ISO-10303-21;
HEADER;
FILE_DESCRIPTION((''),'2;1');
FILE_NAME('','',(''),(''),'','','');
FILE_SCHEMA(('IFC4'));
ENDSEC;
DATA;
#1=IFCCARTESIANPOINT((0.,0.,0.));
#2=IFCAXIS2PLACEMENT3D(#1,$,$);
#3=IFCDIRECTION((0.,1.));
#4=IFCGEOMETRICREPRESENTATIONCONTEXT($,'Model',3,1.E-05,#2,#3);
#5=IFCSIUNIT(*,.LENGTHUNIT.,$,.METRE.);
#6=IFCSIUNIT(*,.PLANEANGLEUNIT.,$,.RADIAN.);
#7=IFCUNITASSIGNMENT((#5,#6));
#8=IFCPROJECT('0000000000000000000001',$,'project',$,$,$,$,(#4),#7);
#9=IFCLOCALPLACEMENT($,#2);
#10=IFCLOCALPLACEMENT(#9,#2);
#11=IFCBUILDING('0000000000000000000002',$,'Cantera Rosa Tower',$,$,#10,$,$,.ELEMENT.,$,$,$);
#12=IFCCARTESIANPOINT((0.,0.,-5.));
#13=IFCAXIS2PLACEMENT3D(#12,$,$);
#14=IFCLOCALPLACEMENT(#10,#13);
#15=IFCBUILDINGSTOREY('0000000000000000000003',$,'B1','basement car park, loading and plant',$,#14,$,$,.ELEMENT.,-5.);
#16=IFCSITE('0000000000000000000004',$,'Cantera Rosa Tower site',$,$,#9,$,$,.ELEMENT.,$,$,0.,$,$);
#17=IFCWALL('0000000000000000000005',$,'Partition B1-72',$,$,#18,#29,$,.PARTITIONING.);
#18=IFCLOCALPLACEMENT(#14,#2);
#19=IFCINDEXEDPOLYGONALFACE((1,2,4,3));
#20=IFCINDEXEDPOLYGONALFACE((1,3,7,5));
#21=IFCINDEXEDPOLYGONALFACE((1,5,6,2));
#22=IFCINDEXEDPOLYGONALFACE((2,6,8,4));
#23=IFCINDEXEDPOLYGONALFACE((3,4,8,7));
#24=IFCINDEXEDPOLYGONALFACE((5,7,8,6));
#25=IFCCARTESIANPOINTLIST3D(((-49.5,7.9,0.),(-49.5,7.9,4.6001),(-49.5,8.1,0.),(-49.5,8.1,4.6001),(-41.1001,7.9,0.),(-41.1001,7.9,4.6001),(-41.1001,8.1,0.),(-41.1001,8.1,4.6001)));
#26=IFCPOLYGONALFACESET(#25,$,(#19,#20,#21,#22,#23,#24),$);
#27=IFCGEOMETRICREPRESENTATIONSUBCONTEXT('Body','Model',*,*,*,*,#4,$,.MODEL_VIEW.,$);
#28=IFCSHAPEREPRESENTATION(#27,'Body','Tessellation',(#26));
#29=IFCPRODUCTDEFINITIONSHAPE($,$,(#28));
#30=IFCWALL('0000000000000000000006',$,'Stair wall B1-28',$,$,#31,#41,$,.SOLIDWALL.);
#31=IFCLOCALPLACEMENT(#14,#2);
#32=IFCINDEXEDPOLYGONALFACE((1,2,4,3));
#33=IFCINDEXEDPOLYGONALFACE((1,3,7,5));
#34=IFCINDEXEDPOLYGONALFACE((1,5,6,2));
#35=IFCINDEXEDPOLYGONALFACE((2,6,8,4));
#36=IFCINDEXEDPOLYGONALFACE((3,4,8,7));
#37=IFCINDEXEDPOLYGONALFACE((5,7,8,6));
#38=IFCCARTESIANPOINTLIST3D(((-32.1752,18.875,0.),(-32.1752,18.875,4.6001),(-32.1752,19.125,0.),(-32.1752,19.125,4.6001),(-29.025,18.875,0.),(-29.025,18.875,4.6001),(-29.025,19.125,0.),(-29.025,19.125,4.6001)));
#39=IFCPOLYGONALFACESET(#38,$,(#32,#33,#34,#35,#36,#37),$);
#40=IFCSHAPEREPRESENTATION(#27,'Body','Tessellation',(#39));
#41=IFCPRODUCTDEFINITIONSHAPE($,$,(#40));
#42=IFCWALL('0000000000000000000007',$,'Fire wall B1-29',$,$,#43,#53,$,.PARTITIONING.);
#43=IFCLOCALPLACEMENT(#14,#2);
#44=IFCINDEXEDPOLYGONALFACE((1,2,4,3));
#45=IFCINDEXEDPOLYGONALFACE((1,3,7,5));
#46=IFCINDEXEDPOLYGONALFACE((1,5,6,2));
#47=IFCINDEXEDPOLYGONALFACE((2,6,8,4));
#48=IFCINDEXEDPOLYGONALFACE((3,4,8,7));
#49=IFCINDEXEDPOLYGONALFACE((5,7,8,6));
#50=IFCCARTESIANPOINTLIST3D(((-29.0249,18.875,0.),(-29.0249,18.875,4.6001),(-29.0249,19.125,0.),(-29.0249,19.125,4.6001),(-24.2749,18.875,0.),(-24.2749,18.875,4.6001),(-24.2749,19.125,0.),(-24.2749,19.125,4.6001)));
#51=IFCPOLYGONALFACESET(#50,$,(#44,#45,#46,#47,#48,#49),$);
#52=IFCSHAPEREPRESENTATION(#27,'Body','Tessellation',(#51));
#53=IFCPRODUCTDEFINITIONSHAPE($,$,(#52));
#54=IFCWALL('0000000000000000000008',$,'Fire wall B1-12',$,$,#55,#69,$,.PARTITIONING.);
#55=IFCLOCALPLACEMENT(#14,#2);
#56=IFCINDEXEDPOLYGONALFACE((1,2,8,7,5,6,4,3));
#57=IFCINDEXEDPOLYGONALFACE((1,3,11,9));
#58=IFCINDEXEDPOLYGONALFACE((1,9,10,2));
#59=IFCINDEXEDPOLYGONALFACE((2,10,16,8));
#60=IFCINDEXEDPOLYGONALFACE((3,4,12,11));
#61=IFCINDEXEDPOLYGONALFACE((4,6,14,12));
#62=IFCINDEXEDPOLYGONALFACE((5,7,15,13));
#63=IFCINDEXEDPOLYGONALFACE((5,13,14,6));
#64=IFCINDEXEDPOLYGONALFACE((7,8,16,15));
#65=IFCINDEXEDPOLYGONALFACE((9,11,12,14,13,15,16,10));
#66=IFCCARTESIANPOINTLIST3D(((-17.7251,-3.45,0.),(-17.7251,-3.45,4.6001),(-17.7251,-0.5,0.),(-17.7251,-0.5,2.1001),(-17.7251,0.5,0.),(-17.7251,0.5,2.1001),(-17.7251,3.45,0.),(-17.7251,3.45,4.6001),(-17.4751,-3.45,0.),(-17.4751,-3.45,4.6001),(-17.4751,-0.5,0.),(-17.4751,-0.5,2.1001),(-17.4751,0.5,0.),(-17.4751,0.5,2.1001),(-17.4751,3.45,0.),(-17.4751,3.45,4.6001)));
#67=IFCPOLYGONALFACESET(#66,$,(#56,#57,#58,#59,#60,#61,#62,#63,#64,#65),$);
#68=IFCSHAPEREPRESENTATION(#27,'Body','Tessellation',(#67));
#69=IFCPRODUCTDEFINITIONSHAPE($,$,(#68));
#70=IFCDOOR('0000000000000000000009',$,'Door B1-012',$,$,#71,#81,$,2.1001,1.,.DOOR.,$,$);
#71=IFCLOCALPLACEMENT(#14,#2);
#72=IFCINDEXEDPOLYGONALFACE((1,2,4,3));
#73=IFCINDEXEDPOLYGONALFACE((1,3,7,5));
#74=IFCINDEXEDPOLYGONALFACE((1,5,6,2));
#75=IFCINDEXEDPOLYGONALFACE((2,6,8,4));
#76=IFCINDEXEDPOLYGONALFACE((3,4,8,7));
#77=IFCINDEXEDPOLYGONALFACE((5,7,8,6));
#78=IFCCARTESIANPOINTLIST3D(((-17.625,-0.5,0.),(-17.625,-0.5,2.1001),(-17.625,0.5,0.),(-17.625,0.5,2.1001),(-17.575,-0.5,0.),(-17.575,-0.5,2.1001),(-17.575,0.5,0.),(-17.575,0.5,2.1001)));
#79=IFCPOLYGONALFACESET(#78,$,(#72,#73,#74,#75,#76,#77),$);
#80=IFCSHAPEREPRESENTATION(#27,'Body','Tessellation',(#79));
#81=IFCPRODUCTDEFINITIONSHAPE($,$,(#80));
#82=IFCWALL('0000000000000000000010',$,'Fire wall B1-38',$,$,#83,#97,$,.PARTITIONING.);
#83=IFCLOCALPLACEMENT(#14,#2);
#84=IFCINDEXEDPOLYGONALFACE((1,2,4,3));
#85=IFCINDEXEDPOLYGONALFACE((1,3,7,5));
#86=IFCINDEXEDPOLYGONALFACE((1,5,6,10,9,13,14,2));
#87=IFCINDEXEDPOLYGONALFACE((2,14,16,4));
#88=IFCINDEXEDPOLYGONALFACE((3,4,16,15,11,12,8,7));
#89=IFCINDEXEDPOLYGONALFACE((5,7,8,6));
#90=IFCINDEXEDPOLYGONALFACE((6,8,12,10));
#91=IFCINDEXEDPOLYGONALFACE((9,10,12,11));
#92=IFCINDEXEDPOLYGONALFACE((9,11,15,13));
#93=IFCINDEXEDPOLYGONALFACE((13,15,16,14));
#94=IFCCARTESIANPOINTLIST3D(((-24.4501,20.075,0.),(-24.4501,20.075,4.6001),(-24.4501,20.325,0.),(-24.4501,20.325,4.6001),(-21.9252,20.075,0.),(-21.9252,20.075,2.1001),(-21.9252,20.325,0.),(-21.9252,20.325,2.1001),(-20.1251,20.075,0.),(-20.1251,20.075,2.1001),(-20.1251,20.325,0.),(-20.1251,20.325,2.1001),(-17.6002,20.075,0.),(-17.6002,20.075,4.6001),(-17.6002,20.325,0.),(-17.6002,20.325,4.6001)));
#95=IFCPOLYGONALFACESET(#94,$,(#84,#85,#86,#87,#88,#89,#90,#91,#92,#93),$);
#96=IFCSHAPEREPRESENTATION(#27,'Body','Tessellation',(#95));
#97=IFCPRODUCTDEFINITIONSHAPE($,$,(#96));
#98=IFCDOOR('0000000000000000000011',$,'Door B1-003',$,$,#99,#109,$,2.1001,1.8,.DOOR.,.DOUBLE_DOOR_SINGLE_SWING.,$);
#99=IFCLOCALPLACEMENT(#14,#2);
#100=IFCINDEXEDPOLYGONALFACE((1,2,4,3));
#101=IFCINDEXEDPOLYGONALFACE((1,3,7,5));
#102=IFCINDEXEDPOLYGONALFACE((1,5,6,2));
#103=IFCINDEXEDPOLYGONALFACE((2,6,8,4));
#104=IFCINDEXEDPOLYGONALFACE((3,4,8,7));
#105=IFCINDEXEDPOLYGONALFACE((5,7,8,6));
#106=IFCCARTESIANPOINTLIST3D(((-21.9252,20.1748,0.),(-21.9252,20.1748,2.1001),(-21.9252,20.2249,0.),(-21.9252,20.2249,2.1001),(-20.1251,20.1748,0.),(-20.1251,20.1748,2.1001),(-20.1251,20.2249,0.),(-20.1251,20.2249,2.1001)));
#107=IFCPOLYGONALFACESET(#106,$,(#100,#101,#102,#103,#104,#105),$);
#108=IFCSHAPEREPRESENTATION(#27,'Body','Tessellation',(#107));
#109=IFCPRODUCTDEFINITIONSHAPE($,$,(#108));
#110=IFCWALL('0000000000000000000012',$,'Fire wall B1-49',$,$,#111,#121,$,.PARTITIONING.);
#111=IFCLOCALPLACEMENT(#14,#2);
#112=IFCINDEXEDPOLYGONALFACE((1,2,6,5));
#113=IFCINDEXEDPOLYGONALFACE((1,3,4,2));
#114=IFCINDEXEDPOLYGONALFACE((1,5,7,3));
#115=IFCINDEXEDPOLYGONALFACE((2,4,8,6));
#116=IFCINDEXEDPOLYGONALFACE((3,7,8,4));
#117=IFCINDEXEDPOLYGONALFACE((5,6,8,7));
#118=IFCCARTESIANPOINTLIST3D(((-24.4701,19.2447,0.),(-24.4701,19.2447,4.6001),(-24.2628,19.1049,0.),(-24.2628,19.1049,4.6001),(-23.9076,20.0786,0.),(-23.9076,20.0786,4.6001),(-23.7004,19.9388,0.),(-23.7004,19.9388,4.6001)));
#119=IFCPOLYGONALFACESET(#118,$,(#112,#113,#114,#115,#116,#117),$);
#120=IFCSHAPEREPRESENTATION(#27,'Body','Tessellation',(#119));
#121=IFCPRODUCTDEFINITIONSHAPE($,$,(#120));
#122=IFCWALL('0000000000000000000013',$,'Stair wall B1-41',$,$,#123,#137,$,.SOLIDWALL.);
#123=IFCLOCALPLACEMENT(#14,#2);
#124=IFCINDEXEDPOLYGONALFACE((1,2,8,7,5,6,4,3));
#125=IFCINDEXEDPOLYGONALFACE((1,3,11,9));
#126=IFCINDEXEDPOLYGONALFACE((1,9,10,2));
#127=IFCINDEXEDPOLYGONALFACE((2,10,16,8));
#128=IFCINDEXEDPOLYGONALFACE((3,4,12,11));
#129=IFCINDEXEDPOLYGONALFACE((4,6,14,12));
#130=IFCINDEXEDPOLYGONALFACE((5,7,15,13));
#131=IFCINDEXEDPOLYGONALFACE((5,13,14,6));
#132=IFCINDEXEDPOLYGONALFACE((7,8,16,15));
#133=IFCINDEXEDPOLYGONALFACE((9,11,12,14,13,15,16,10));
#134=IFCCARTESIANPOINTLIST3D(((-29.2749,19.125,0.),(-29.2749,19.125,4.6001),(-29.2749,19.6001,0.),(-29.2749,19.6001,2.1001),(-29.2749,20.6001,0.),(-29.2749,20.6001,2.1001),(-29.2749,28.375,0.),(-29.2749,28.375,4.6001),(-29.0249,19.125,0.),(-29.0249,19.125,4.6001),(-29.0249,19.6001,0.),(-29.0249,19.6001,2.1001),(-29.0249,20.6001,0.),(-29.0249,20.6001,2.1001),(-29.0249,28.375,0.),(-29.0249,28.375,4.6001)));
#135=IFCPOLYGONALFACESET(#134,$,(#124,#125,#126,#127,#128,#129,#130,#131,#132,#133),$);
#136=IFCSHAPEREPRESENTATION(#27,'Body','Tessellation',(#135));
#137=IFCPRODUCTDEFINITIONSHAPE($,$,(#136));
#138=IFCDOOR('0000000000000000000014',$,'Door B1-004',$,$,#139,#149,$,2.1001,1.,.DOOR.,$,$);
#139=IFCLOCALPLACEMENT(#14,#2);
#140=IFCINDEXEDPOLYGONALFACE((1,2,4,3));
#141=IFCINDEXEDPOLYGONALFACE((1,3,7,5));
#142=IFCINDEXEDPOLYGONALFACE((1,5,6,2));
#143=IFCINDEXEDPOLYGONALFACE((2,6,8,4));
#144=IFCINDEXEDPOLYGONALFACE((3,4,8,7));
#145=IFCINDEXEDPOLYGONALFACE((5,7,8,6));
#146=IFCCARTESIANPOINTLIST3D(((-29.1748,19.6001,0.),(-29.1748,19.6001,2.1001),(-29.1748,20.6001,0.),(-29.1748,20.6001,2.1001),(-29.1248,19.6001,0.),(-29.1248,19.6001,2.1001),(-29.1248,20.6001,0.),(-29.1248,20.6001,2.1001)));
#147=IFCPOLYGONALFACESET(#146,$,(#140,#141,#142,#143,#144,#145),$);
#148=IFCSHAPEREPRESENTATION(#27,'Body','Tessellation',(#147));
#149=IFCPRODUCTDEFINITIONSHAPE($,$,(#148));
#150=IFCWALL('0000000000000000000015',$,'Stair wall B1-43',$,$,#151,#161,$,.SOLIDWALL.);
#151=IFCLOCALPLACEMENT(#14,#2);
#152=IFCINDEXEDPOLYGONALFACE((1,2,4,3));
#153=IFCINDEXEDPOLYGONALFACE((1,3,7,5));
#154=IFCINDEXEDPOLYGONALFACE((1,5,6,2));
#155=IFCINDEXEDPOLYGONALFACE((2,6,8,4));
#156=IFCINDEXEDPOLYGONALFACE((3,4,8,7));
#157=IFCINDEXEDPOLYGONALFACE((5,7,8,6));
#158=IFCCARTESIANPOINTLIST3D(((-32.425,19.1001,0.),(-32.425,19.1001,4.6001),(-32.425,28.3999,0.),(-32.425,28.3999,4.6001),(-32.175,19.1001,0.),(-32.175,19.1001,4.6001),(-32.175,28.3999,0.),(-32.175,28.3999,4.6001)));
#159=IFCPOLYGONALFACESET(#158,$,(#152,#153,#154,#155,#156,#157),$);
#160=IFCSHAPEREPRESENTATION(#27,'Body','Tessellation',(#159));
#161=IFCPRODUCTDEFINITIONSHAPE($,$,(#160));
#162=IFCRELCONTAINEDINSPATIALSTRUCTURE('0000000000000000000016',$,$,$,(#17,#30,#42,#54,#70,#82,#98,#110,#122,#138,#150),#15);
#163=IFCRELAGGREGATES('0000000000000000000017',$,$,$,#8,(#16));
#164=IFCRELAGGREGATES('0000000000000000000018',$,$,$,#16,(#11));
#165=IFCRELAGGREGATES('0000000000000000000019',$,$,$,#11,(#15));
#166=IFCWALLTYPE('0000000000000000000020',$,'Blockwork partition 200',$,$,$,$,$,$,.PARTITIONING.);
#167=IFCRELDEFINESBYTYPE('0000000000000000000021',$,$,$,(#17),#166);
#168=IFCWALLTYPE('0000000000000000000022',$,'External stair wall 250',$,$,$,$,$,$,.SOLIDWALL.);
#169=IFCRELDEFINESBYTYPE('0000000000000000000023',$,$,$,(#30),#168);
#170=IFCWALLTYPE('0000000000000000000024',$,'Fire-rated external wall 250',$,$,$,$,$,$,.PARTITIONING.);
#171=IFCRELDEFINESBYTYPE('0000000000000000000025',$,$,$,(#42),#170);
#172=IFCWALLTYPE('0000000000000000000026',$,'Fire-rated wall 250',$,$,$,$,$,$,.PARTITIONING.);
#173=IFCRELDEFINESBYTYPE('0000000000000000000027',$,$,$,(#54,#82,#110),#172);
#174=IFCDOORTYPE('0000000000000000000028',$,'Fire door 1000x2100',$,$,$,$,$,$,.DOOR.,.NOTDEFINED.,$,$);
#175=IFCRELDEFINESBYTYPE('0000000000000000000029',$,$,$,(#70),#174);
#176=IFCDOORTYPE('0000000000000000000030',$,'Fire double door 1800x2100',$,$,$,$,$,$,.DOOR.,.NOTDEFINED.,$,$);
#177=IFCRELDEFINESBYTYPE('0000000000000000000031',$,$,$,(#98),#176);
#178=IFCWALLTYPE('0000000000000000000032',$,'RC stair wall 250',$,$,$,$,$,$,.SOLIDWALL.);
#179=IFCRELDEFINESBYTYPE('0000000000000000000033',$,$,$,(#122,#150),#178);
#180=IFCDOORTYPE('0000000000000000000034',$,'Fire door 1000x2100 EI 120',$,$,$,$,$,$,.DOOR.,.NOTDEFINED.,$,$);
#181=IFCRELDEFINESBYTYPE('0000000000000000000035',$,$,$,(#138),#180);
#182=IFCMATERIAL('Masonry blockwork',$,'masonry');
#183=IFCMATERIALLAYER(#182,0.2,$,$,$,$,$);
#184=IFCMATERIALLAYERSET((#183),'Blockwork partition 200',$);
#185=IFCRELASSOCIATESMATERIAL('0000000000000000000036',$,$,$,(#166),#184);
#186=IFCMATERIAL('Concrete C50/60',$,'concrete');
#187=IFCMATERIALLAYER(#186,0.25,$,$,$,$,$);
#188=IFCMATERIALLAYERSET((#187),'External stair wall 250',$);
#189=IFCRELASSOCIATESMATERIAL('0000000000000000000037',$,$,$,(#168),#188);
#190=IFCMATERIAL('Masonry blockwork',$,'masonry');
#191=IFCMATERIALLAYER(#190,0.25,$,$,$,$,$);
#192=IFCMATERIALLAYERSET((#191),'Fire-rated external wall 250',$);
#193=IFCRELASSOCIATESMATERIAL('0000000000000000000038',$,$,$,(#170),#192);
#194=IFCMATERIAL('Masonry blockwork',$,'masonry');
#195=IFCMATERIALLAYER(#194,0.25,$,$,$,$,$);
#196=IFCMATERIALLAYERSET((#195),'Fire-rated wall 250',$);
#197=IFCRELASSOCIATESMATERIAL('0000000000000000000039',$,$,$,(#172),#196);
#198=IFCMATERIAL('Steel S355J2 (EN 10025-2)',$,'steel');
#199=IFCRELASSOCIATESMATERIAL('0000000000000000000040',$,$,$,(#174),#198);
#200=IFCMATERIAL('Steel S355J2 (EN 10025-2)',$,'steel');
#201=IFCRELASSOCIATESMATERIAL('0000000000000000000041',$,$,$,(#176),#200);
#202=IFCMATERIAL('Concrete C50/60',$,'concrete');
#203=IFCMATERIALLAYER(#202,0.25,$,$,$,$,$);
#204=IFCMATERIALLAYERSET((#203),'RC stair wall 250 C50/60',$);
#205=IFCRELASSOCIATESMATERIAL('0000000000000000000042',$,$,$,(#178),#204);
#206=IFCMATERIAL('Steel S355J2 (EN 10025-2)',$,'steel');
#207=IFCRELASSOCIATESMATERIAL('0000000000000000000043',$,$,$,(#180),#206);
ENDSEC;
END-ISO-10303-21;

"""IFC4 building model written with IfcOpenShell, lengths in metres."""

from ifc_helpers import new_model, si_unit, direction, frame, frame_2d, origin, place, context, subcontext, project, spatial, rectangle, extrude, material, layer, layer_set, type_object, element, fill, save


model = new_model("IFC4")

# Units and contexts
model_context = context("Model", 3, precision=1e-05, world=origin(), true_north=direction((0.0, 1.0)))
body_context = subcontext(model_context, "Body", "Model", "MODEL_VIEW")
ifc_project = project(units=[si_unit("LENGTHUNIT", "METRE"), si_unit("PLANEANGLEUNIT", "RADIAN")], contexts=[model_context])

# Site, building, storey
site_placement = place(None, origin())
site = spatial("IfcSite", under=ifc_project, at=site_placement, Name="Cantera Rosa Tower site", CompositionType="ELEMENT", RefElevation=0.0)
building_placement = place(site_placement, origin())
building = spatial("IfcBuilding", under=site, at=building_placement, Name="Cantera Rosa Tower", CompositionType="ELEMENT")
storey_placement = place(building_placement, frame((0.0, 0.0, -5.0)))
storey = spatial("IfcBuildingStorey", under=building, at=storey_placement, Name="B1", Description="basement car park, loading and plant", CompositionType="ELEMENT", Elevation=-5.0)

# Shared definitions
ifc_material_1 = material(Name="Masonry blockwork", Category="masonry")
ifc_layer_1 = layer(ifc_material_1, 0.2)
ifc_layer_set_1 = layer_set([ifc_layer_1], Name="Blockwork partition 200")
wall_type_1 = type_object("IfcWallType", Name="Blockwork partition 200", PredefinedType="PARTITIONING", material=ifc_layer_set_1)

# Walls
wall_1_placement = place(storey_placement, frame((-49.5, 8.0, 0.0), z_axis=(0.0, 0.0, 1.0), x_axis=(1.0, 0.0, 0.0)))
element("IfcWall", 1, at=wall_1_placement, inside=storey, type_object=wall_type_1, Name="Partition B1-72", PredefinedType="PARTITIONING", context=body_context, shape_type="SweptSolid", body=[
    extrude(rectangle(XDim=8.3999, YDim=0.2, at=frame_2d((4.2, 0.0))), origin(), (0.0, 0.0, 1.0), 4.6001),
])
ifc_material_2 = material(Name="Concrete C50/60", Category="concrete")
ifc_layer_2 = layer(ifc_material_2, 0.25)
ifc_layer_set_2 = layer_set([ifc_layer_2], Name="External stair wall 250")
wall_type_2 = type_object("IfcWallType", Name="External stair wall 250", PredefinedType="SOLIDWALL", material=ifc_layer_set_2)
wall_2_placement = place(storey_placement, frame((-29.0249, 19.0, 0.0), z_axis=(0.0, 0.0, 1.0), x_axis=(-1.0, 0.0, 0.0)))
element("IfcWall", 2, at=wall_2_placement, inside=storey, type_object=wall_type_2, Name="Stair wall B1-28", PredefinedType="SOLIDWALL", context=body_context, shape_type="SweptSolid", body=[
    extrude(rectangle(XDim=3.1501, YDim=0.25, at=frame_2d((1.5752, 0.0))), origin(), (0.0, 0.0, 1.0), 4.6001),
])
ifc_material_3 = material(Name="Masonry blockwork", Category="masonry")
ifc_layer_3 = layer(ifc_material_3, 0.25)
ifc_layer_set_3 = layer_set([ifc_layer_3], Name="Fire-rated external wall 250")
wall_type_3 = type_object("IfcWallType", Name="Fire-rated external wall 250", PredefinedType="PARTITIONING", material=ifc_layer_set_3)
wall_3_placement = place(storey_placement, frame((-29.0249, 19.0, 0.0), z_axis=(0.0, 0.0, 1.0), x_axis=(1.0, 0.0, 0.0)))
element("IfcWall", 3, at=wall_3_placement, inside=storey, type_object=wall_type_3, Name="Fire wall B1-29", PredefinedType="PARTITIONING", context=body_context, shape_type="SweptSolid", body=[
    extrude(rectangle(XDim=4.75, YDim=0.25, at=frame_2d((2.375, 0.0))), origin(), (0.0, 0.0, 1.0), 4.6001),
])

# Walls, openings, doors
ifc_material_4 = material(Name="Masonry blockwork", Category="masonry")
ifc_layer_4 = layer(ifc_material_4, 0.25)
ifc_layer_set_4 = layer_set([ifc_layer_4], Name="Fire-rated wall 250")
wall_type_4 = type_object("IfcWallType", Name="Fire-rated wall 250", PredefinedType="PARTITIONING", material=ifc_layer_set_4)
wall_4_placement = place(storey_placement, frame((-17.6001, -3.45, 0.0), z_axis=(0.0, 0.0, 1.0), x_axis=(0.0, 1.0, 0.0)))
wall_4 = element("IfcWall", 4, at=wall_4_placement, inside=storey, type_object=wall_type_4, Name="Fire wall B1-12", PredefinedType="PARTITIONING", context=body_context, shape_type="SweptSolid", body=[
    extrude(rectangle(XDim=6.8999, YDim=0.25, at=frame_2d((3.45, 0.0))), origin(), (0.0, 0.0, 1.0), 4.6001),
])
opening_1_placement = place(wall_4_placement, frame((2.95, 0.0, 0.0)))
opening_1 = element("IfcOpeningElement", 5, at=opening_1_placement, cuts=wall_4, PredefinedType="OPENING", context=body_context, shape_type="SweptSolid", body=[
    extrude(rectangle(XDim=1.0, YDim=2.1001, at=frame_2d((0.5, 1.05))), frame((0.0, 0.135, 0.0), z_axis=(0.0, -1.0, 0.0), x_axis=(1.0, 0.0, 0.0)), (0.0, 0.0, 1.0), 0.27),
])
ifc_material_5 = material(Name="Steel S355J2 (EN 10025-2)", Category="steel")
door_type_1 = type_object("IfcDoorType", Name="Fire door 1000x2100", OperationType="NOTDEFINED", PredefinedType="DOOR", material=ifc_material_5)
door_1_placement = place(opening_1_placement, origin())
door_1 = element("IfcDoor", 6, at=door_1_placement, inside=storey, type_object=door_type_1, Name="Door B1-012", OverallHeight=2.1001, OverallWidth=1.0, PredefinedType="DOOR", context=body_context, shape_type="SweptSolid", body=[
    extrude(rectangle(XDim=1.0, YDim=2.1001, at=frame_2d((0.5, 1.05))), frame((0.0, 0.0249, 0.0), z_axis=(0.0, -1.0, 0.0), x_axis=(1.0, 0.0, 0.0)), (0.0, 0.0, 1.0), 0.05),
])
fill(opening_1, door_1)
wall_5_placement = place(storey_placement, frame((-24.45, 20.2, 0.0), z_axis=(0.0, 0.0, 1.0), x_axis=(1.0, 0.0, 0.0)))
wall_5 = element("IfcWall", 7, at=wall_5_placement, inside=storey, type_object=wall_type_4, Name="Fire wall B1-38", PredefinedType="PARTITIONING", context=body_context, shape_type="SweptSolid", body=[
    extrude(rectangle(XDim=6.8499, YDim=0.25, at=frame_2d((3.4248, 0.0))), origin(), (0.0, 0.0, 1.0), 4.6001),
])
opening_2_placement = place(wall_5_placement, frame((2.5249, 0.0, 0.0)))
opening_2 = element("IfcOpeningElement", 8, at=opening_2_placement, cuts=wall_5, PredefinedType="OPENING", context=body_context, shape_type="SweptSolid", body=[
    extrude(rectangle(XDim=1.8, YDim=2.1001, at=frame_2d((0.8999, 1.05))), frame((0.0, 0.135, 0.0), z_axis=(0.0, -1.0, 0.0), x_axis=(1.0, 0.0, 0.0)), (0.0, 0.0, 1.0), 0.27),
])
ifc_material_6 = material(Name="Steel S355J2 (EN 10025-2)", Category="steel")
door_type_2 = type_object("IfcDoorType", Name="Fire double door 1800x2100", OperationType="NOTDEFINED", PredefinedType="DOOR", material=ifc_material_6)
door_2_placement = place(opening_2_placement, origin())
door_2 = element("IfcDoor", 9, at=door_2_placement, inside=storey, type_object=door_type_2, Name="Door B1-003", OperationType="DOUBLE_DOOR_SINGLE_SWING", OverallHeight=2.1001, OverallWidth=1.8, PredefinedType="DOOR", context=body_context, shape_type="SweptSolid", body=[
    extrude(rectangle(XDim=1.8, YDim=2.1001, at=frame_2d((0.8999, 1.05))), frame((0.0, 0.0249, 0.0), z_axis=(0.0, -1.0, 0.0), x_axis=(1.0, 0.0, 0.0)), (0.0, 0.0, 1.0), 0.05),
])
fill(opening_2, door_2)

# Wall
wall_6_placement = place(storey_placement, frame((-24.3665, 19.1748, 0.0), z_axis=(0.0, 0.0, 1.0), x_axis=(0.559173, 0.829051, 0.0)))
element("IfcWall", 10, at=wall_6_placement, inside=storey, type_object=wall_type_4, Name="Fire wall B1-49", PredefinedType="PARTITIONING", context=body_context, shape_type="SweptSolid", body=[
    extrude(rectangle(XDim=1.0059, YDim=0.25, at=frame_2d((0.5029, 0.0))), origin(), (0.0, 0.0, 1.0), 4.6001),
])

# Wall, opening, door
ifc_material_7 = material(Name="Concrete C50/60", Category="concrete")
ifc_layer_5 = layer(ifc_material_7, 0.25)
ifc_layer_set_5 = layer_set([ifc_layer_5], Name="RC stair wall 250 C50/60")
wall_type_5 = type_object("IfcWallType", Name="RC stair wall 250", PredefinedType="SOLIDWALL", material=ifc_layer_set_5)
wall_7_placement = place(storey_placement, frame((-29.1499, 19.125, 0.0), z_axis=(0.0, 0.0, 1.0), x_axis=(0.0, 1.0, 0.0)))
wall_7 = element("IfcWall", 11, at=wall_7_placement, inside=storey, type_object=wall_type_5, Name="Stair wall B1-41", PredefinedType="SOLIDWALL", context=body_context, shape_type="SweptSolid", body=[
    extrude(rectangle(XDim=9.25, YDim=0.25, at=frame_2d((4.625, 0.0))), origin(), (0.0, 0.0, 1.0), 4.6001),
])
opening_3_placement = place(wall_7_placement, frame((0.4751, 0.0, 0.0)))
opening_3 = element("IfcOpeningElement", 12, at=opening_3_placement, cuts=wall_7, PredefinedType="OPENING", context=body_context, shape_type="SweptSolid", body=[
    extrude(rectangle(XDim=1.0, YDim=2.1001, at=frame_2d((0.5, 1.05))), frame((0.0, 0.135, 0.0), z_axis=(0.0, -1.0, 0.0), x_axis=(1.0, 0.0, 0.0)), (0.0, 0.0, 1.0), 0.27),
])
ifc_material_8 = material(Name="Steel S355J2 (EN 10025-2)", Category="steel")
door_type_3 = type_object("IfcDoorType", Name="Fire door 1000x2100 EI 120", OperationType="NOTDEFINED", PredefinedType="DOOR", material=ifc_material_8)
door_3_placement = place(opening_3_placement, origin())
door_3 = element("IfcDoor", 13, at=door_3_placement, inside=storey, type_object=door_type_3, Name="Door B1-004", OverallHeight=2.1001, OverallWidth=1.0, PredefinedType="DOOR", context=body_context, shape_type="SweptSolid", body=[
    extrude(rectangle(XDim=1.0, YDim=2.1001, at=frame_2d((0.5, 1.05))), frame((0.0, 0.0249, 0.0), z_axis=(0.0, -1.0, 0.0), x_axis=(1.0, 0.0, 0.0)), (0.0, 0.0, 1.0), 0.05),
])
fill(opening_3, door_3)

# Wall
wall_8_placement = place(storey_placement, frame((-32.3, 19.1001, 0.0), z_axis=(0.0, 0.0, 1.0), x_axis=(0.0, 1.0, 0.0)))
element("IfcWall", 14, at=wall_8_placement, inside=storey, type_object=wall_type_5, Name="Stair wall B1-43", PredefinedType="SOLIDWALL", context=body_context, shape_type="SweptSolid", body=[
    extrude(rectangle(XDim=9.2998, YDim=0.25, at=frame_2d((4.6499, 0.0))), origin(), (0.0, 0.0, 1.0), 4.6001),
])

save(model, "model.ifc")
